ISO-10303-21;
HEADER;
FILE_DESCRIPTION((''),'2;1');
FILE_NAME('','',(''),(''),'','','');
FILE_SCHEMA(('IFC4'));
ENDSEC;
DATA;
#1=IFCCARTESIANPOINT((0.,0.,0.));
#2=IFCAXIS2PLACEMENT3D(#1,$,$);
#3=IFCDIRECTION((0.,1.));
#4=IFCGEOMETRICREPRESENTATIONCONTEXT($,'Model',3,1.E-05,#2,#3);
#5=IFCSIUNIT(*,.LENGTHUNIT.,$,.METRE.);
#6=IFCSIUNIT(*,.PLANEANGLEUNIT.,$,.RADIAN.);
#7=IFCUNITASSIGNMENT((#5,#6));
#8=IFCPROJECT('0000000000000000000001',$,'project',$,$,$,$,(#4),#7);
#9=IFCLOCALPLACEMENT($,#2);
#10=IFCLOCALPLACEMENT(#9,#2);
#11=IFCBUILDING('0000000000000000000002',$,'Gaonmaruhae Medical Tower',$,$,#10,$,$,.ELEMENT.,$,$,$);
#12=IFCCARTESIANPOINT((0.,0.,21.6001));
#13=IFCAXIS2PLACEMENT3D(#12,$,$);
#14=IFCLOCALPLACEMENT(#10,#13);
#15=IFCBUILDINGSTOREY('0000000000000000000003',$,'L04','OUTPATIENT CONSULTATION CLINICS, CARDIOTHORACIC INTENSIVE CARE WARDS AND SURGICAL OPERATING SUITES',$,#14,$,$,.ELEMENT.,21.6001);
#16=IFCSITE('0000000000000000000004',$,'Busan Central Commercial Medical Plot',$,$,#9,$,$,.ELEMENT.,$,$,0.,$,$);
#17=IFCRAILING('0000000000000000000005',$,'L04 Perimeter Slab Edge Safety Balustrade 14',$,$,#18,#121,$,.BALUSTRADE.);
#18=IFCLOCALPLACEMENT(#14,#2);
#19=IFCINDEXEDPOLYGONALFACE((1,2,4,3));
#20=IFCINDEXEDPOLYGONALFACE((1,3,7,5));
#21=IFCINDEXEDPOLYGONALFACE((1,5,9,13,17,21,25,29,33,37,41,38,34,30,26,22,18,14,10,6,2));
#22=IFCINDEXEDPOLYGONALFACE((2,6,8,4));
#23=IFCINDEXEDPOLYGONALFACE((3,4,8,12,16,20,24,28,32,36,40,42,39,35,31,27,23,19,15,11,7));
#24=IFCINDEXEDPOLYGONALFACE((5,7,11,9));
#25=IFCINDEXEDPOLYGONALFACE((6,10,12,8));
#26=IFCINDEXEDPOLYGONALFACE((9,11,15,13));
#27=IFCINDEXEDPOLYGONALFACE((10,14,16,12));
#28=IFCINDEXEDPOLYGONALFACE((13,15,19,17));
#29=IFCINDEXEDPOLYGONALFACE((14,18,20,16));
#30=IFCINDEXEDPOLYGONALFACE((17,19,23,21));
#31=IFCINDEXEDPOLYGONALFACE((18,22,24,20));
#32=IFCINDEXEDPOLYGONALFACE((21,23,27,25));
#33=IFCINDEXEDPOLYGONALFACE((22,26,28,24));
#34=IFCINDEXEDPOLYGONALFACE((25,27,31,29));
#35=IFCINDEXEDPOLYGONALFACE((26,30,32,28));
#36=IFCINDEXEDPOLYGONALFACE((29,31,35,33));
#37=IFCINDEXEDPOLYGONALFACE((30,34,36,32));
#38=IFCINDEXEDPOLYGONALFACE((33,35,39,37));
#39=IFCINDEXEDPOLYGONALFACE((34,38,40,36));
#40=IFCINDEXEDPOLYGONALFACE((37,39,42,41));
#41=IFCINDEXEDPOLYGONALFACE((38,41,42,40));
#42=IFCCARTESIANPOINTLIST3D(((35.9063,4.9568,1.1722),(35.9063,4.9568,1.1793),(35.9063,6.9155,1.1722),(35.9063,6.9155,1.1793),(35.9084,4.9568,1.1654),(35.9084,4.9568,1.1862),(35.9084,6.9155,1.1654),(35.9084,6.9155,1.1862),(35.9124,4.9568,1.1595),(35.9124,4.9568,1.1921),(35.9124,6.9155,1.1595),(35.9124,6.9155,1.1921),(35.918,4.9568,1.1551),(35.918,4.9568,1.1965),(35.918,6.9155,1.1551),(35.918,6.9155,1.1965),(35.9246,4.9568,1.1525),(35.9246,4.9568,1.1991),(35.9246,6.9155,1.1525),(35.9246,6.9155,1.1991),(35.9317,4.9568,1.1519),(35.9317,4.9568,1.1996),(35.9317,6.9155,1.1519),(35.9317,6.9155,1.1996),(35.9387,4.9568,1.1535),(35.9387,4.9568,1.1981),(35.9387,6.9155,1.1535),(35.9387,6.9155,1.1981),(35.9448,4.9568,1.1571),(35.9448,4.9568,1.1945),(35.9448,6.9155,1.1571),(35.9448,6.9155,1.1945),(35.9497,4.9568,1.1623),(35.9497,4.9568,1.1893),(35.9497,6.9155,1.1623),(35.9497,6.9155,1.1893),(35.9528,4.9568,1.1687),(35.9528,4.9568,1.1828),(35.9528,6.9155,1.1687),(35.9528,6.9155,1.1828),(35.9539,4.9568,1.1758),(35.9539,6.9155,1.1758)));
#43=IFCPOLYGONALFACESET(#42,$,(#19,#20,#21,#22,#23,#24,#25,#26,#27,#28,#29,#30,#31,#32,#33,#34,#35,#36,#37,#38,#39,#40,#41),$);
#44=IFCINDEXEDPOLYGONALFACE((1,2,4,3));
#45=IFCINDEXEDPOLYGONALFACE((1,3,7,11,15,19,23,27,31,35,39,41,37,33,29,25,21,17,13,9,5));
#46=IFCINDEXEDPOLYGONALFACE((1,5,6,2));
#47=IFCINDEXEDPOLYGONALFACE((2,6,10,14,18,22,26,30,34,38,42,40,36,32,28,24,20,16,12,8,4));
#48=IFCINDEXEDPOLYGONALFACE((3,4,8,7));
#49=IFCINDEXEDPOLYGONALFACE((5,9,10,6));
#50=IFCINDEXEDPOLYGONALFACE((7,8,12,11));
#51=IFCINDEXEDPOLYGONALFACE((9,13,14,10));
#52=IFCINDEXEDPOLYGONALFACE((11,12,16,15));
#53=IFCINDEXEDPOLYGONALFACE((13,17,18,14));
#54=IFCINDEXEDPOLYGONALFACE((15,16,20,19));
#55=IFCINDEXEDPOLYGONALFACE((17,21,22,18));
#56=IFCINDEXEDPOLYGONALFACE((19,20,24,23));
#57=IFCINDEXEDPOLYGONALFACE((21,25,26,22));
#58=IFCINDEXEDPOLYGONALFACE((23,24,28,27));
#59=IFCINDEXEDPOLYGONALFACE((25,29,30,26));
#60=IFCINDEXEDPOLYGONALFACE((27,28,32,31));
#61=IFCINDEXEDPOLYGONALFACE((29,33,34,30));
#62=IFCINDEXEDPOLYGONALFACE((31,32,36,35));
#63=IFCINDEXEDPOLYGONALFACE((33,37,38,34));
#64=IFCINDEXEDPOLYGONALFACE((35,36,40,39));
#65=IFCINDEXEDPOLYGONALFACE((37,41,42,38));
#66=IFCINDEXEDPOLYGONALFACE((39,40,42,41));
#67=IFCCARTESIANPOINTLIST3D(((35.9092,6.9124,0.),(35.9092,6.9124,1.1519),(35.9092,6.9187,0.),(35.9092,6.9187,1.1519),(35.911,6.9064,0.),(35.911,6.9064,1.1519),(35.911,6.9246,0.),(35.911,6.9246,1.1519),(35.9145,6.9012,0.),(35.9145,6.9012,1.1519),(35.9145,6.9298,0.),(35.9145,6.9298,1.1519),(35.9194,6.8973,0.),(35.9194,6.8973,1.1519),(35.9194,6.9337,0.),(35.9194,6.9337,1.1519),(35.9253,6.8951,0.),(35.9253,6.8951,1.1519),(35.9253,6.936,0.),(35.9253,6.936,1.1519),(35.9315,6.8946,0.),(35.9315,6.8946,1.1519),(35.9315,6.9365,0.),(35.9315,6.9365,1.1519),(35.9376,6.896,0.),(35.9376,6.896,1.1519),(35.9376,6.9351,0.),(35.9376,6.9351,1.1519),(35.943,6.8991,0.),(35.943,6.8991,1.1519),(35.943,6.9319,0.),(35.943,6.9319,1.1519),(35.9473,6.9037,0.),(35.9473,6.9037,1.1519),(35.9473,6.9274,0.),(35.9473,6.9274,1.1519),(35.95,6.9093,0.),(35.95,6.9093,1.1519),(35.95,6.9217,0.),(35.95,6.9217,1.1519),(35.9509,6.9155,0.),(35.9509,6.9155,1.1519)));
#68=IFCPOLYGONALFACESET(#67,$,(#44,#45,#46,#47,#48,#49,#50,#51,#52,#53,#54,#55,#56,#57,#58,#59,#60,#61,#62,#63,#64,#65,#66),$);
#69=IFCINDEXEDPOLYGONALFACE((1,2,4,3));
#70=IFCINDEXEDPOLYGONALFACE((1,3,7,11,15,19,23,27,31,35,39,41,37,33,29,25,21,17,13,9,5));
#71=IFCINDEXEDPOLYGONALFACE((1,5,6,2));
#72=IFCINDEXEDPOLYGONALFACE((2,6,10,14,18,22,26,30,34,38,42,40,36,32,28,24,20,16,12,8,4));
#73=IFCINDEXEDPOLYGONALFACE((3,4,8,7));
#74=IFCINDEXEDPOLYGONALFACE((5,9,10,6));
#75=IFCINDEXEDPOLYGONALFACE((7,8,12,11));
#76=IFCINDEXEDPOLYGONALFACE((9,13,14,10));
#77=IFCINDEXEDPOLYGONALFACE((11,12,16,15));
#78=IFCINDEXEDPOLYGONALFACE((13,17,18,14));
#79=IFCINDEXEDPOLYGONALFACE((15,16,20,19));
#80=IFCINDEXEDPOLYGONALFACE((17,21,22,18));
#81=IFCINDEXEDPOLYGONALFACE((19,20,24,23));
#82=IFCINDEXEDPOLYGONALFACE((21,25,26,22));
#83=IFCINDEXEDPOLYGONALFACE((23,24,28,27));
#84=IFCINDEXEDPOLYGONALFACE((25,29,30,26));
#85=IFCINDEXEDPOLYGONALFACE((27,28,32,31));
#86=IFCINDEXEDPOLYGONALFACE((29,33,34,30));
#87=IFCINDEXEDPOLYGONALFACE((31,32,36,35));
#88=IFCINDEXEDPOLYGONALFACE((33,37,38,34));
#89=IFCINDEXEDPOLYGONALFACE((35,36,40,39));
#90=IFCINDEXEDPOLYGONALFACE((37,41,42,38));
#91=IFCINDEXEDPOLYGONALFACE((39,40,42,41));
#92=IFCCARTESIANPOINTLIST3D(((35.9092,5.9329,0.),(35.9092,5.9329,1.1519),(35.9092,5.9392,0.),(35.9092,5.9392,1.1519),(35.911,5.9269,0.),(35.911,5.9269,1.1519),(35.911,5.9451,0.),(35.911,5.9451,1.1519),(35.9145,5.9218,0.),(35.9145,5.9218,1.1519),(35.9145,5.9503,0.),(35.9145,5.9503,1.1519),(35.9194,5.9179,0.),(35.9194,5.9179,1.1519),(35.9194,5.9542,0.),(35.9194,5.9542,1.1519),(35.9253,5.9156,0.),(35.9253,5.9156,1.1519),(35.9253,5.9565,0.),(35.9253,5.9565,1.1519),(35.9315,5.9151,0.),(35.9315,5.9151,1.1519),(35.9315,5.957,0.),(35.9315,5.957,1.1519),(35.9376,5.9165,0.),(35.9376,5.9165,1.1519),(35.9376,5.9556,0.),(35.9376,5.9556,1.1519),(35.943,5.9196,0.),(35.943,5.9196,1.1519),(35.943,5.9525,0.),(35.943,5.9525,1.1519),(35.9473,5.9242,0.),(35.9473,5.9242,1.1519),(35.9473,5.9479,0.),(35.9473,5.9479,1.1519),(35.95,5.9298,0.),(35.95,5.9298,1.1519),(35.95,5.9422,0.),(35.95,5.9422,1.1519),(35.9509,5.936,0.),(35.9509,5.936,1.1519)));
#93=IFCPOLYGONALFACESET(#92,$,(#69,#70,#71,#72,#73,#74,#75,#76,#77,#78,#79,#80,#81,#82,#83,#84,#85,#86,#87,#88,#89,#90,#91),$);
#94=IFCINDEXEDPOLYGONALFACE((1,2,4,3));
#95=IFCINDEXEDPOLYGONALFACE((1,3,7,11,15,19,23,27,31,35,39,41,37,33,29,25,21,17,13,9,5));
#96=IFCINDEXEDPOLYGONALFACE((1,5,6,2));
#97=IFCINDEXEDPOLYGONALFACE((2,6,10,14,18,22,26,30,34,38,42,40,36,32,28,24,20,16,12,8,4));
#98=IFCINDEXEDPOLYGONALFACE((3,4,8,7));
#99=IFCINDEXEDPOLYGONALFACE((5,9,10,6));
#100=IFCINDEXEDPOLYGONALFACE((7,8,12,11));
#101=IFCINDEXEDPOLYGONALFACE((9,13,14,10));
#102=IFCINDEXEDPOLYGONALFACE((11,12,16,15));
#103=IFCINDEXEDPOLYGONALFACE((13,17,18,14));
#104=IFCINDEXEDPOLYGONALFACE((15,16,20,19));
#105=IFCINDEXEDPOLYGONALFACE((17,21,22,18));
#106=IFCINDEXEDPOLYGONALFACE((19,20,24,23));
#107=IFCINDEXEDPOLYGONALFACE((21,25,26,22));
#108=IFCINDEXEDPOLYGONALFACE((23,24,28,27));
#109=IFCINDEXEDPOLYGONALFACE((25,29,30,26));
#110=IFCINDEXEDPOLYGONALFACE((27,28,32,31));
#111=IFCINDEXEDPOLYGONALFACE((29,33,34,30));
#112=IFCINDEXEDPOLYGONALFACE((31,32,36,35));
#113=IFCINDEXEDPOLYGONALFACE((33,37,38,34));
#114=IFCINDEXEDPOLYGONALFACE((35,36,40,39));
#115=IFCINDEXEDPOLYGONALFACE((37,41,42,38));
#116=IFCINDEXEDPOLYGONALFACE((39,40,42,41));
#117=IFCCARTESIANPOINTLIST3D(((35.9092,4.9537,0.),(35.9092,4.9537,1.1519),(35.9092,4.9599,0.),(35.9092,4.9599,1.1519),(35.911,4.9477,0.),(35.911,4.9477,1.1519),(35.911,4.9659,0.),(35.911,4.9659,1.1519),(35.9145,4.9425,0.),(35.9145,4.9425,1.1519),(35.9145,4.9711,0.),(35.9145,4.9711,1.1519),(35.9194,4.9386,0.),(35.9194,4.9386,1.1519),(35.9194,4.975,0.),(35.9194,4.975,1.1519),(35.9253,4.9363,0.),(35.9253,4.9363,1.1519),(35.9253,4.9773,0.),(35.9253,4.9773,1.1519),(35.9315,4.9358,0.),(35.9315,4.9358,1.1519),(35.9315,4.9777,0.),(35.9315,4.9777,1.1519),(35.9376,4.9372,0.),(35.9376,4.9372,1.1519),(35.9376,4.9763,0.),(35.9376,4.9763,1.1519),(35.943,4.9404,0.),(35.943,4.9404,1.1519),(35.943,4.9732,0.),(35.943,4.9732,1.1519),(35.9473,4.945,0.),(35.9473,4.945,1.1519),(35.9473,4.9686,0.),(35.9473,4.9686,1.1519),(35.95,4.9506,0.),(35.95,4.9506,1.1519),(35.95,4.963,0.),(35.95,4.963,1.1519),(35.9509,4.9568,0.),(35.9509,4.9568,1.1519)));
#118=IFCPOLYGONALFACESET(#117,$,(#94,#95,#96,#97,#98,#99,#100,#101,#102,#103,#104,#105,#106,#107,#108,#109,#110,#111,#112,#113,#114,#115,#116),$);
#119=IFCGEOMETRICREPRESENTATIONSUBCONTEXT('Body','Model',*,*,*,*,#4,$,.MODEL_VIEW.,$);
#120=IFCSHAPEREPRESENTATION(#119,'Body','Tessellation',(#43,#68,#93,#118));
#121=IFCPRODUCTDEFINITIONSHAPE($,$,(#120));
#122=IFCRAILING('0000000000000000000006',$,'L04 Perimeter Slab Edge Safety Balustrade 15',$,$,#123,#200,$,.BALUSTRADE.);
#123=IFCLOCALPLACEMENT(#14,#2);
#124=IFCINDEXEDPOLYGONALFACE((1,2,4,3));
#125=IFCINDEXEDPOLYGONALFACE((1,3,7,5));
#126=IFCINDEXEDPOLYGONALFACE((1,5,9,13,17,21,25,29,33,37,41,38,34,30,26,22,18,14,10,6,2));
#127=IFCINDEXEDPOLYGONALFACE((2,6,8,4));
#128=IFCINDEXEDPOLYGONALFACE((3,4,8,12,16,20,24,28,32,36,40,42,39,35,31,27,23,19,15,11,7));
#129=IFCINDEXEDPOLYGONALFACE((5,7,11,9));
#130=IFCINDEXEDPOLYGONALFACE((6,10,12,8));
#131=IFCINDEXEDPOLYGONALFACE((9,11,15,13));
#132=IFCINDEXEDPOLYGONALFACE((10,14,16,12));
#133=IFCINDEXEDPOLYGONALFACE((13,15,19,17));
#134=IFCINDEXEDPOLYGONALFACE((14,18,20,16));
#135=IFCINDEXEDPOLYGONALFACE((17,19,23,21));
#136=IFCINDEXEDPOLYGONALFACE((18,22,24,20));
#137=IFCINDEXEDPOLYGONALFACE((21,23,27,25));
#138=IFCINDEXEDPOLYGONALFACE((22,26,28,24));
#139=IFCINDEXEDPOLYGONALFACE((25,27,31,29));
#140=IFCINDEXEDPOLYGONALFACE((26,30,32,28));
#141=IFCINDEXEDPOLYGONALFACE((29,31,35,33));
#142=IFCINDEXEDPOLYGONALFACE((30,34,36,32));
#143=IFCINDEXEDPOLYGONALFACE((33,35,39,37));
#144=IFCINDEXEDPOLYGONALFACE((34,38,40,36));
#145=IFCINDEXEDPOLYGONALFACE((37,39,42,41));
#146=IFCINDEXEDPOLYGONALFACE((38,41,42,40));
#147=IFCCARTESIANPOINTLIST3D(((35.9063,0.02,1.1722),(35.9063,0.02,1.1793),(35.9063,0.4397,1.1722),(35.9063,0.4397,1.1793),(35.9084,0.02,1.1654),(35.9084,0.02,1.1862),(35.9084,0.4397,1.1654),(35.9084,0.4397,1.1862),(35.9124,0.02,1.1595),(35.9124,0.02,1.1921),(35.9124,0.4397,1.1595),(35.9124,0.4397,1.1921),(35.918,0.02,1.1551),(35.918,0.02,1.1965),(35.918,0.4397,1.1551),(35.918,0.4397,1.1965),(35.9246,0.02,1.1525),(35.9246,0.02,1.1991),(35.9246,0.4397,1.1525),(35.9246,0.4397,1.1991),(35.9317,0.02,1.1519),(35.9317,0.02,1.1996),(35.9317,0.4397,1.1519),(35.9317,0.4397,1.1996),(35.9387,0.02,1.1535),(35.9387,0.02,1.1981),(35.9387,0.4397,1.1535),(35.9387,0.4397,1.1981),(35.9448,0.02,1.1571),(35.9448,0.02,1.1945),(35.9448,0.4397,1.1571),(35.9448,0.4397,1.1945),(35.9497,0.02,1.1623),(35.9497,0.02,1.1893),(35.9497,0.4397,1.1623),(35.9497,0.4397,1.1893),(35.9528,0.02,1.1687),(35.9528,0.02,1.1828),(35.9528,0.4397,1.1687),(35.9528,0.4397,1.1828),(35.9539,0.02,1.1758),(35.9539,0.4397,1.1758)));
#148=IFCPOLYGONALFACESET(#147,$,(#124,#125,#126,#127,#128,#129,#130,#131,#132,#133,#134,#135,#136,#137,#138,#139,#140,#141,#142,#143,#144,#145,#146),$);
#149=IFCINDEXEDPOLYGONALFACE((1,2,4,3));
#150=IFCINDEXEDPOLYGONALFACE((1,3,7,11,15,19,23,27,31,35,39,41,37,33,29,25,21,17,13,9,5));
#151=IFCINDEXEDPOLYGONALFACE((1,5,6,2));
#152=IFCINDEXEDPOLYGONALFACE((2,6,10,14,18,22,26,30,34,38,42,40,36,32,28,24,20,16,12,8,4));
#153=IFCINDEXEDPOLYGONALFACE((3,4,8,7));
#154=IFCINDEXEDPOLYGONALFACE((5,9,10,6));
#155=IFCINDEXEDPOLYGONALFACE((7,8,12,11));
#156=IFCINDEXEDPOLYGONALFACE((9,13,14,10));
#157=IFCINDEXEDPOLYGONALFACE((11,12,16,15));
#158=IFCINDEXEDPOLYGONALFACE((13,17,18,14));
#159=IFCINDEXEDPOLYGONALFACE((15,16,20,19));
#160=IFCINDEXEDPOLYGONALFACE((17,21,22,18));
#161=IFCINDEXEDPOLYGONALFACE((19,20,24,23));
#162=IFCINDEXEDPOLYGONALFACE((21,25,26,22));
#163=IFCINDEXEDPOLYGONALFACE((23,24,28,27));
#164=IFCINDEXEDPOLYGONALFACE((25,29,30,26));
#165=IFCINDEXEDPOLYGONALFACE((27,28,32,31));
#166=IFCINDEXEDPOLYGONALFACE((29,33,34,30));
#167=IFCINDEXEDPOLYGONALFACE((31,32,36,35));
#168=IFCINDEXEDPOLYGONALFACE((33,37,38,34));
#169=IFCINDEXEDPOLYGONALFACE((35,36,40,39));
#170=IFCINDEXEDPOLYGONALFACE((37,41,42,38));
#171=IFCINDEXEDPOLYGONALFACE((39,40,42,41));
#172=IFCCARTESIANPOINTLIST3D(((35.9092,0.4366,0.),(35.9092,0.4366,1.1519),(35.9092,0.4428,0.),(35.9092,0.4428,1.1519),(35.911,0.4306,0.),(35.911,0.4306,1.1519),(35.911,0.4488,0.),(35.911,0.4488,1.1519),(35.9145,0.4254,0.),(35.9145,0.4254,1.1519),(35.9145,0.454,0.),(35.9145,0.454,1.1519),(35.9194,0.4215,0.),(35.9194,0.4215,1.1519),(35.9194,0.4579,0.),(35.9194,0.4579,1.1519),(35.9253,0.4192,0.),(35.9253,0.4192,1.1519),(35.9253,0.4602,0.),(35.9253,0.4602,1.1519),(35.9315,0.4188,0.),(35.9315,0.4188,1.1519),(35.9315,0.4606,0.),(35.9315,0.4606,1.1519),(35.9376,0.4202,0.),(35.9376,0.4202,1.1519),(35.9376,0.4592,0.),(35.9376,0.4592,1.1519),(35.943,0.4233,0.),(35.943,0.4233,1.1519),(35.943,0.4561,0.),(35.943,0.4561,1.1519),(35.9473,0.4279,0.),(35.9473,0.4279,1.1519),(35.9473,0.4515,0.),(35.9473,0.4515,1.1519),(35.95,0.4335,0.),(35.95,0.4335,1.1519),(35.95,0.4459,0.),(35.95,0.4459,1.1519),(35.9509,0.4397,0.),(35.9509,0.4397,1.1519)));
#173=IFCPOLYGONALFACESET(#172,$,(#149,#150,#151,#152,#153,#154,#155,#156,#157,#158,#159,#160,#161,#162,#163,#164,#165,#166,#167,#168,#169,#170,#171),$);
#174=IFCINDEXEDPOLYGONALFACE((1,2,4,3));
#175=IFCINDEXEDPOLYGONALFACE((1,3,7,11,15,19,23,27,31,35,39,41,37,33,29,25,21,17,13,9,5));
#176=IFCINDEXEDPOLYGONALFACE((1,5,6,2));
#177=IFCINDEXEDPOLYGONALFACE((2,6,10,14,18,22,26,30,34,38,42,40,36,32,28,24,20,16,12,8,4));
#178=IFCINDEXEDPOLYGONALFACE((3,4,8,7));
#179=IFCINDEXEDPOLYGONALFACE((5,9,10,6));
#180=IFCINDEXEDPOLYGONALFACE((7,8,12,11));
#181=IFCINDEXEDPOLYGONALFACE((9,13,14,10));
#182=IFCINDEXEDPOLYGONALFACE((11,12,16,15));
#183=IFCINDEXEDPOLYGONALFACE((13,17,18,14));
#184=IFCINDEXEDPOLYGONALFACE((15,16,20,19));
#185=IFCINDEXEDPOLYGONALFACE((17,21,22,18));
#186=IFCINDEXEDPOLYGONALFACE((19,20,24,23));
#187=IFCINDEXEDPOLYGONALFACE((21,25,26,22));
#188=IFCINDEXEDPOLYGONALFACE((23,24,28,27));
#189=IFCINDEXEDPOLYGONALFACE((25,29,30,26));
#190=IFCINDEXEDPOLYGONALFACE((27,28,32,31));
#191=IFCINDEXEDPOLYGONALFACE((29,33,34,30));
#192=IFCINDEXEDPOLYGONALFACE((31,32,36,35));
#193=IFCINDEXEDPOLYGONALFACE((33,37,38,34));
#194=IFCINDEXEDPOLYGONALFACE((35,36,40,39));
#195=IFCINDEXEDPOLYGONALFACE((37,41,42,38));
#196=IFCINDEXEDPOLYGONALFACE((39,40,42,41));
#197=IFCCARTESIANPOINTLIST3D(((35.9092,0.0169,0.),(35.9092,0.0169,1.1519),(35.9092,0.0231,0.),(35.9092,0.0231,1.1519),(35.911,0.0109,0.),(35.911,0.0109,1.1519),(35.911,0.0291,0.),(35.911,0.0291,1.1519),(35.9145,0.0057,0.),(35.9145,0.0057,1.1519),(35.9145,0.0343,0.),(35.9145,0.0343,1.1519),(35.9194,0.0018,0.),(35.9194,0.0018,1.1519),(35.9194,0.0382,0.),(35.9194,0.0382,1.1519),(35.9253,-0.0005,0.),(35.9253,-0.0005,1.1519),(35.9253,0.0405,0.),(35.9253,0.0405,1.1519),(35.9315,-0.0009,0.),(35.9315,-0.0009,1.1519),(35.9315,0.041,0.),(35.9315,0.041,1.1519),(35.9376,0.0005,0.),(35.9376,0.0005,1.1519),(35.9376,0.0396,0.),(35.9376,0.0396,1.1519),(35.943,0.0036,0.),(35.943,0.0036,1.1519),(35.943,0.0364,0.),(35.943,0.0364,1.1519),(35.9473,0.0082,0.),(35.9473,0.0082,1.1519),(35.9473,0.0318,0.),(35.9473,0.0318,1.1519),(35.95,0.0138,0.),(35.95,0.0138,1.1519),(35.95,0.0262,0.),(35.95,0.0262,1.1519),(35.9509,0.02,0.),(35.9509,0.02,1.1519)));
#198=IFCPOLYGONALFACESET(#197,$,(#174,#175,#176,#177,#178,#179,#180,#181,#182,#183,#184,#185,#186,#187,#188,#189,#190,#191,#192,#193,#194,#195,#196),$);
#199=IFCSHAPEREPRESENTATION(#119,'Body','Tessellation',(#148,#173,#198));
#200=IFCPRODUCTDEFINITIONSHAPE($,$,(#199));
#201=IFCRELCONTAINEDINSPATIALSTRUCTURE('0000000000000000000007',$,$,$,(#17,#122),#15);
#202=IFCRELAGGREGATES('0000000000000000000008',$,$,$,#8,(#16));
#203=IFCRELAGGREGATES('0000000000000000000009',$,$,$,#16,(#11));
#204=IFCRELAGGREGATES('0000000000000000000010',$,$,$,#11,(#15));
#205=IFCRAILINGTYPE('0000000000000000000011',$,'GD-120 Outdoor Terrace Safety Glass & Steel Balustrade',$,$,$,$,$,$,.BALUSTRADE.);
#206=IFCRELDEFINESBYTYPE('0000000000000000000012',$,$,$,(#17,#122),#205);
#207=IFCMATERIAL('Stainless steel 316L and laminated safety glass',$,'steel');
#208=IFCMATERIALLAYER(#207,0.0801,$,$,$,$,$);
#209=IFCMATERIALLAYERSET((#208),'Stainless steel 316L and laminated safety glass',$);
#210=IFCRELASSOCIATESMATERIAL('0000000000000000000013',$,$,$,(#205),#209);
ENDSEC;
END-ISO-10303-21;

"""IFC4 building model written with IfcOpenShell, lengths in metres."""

from ifc_helpers import new_model, si_unit, direction, frame, origin, origin_2d, place, context, subcontext, project, spatial, circle, extrude, material, layer, layer_set, type_object, element, save


model = new_model("IFC4")

# Units and contexts
model_context = context("Model", 3, precision=1e-05, world=origin(), true_north=direction((0.0, 1.0)))
body_context = subcontext(model_context, "Body", "Model", "MODEL_VIEW")
ifc_project = project(units=[si_unit("LENGTHUNIT", "METRE"), si_unit("PLANEANGLEUNIT", "RADIAN")], contexts=[model_context])

# Site, building, storey
site_placement = place(None, origin())
site = spatial("IfcSite", under=ifc_project, at=site_placement, Name="Busan Central Commercial Medical Plot", CompositionType="ELEMENT", RefElevation=0.0)
building_placement = place(site_placement, origin())
building = spatial("IfcBuilding", under=site, at=building_placement, Name="Gaonmaruhae Medical Tower", CompositionType="ELEMENT")
storey_placement = place(building_placement, frame((0.0, 0.0, 21.6001)))
storey = spatial("IfcBuildingStorey", under=building, at=storey_placement, Name="L04", Description="OUTPATIENT CONSULTATION CLINICS, CARDIOTHORACIC INTENSIVE CARE WARDS AND SURGICAL OPERATING SUITES", CompositionType="ELEMENT", Elevation=21.6001)

# Railings
ifc_material_1 = material(Name="Stainless steel 316L and laminated safety glass", Category="steel")
ifc_layer_1 = layer(ifc_material_1, 0.0801)
ifc_layer_set_1 = layer_set([ifc_layer_1], Name="Stainless steel 316L and laminated safety glass")
railing_type_1 = type_object("IfcRailingType", Name="GD-120 Outdoor Terrace Safety Glass & Steel Balustrade", PredefinedType="BALUSTRADE", material=ifc_layer_set_1)
railing_1_placement = place(storey_placement, frame((35.9299, 6.9155, 0.0)))
element("IfcRailing", 1, at=railing_1_placement, inside=storey, type_object=railing_type_1, Name="L04 Perimeter Slab Edge Safety Balustrade 14", PredefinedType="BALUSTRADE", context=body_context, shape_type="SweptSolid", body=[
    extrude(circle(Radius=0.0239, at=origin_2d()), frame((0.0, 0.0, 1.1758), z_axis=(0.0, -1.0, 0.0), x_axis=(1.0, 0.0, 0.0)), (0.0, 0.0, 1.0), 1.9587),
    extrude(circle(Radius=0.021, at=origin_2d()), origin(), (0.0, 0.0, 1.0), 1.1519),
    extrude(circle(Radius=0.021, at=origin_2d()), frame((0.0, -0.9795, 0.0)), (0.0, 0.0, 1.0), 1.1519),
    extrude(circle(Radius=0.021, at=origin_2d()), frame((0.0, -1.9587, 0.0)), (0.0, 0.0, 1.0), 1.1519),
])
railing_2_placement = place(storey_placement, frame((35.9299, 0.4397, 0.0)))
element("IfcRailing", 2, at=railing_2_placement, inside=storey, type_object=railing_type_1, Name="L04 Perimeter Slab Edge Safety Balustrade 15", PredefinedType="BALUSTRADE", context=body_context, shape_type="SweptSolid", body=[
    extrude(circle(Radius=0.0239, at=origin_2d()), frame((0.0, 0.0, 1.1758), z_axis=(0.0, -1.0, 0.0), x_axis=(1.0, 0.0, 0.0)), (0.0, 0.0, 1.0), 0.4197),
    extrude(circle(Radius=0.021, at=origin_2d()), origin(), (0.0, 0.0, 1.0), 1.1519),
    extrude(circle(Radius=0.021, at=origin_2d()), frame((0.0, -0.4197, 0.0)), (0.0, 0.0, 1.0), 1.1519),
])

save(model, "model.ifc")
